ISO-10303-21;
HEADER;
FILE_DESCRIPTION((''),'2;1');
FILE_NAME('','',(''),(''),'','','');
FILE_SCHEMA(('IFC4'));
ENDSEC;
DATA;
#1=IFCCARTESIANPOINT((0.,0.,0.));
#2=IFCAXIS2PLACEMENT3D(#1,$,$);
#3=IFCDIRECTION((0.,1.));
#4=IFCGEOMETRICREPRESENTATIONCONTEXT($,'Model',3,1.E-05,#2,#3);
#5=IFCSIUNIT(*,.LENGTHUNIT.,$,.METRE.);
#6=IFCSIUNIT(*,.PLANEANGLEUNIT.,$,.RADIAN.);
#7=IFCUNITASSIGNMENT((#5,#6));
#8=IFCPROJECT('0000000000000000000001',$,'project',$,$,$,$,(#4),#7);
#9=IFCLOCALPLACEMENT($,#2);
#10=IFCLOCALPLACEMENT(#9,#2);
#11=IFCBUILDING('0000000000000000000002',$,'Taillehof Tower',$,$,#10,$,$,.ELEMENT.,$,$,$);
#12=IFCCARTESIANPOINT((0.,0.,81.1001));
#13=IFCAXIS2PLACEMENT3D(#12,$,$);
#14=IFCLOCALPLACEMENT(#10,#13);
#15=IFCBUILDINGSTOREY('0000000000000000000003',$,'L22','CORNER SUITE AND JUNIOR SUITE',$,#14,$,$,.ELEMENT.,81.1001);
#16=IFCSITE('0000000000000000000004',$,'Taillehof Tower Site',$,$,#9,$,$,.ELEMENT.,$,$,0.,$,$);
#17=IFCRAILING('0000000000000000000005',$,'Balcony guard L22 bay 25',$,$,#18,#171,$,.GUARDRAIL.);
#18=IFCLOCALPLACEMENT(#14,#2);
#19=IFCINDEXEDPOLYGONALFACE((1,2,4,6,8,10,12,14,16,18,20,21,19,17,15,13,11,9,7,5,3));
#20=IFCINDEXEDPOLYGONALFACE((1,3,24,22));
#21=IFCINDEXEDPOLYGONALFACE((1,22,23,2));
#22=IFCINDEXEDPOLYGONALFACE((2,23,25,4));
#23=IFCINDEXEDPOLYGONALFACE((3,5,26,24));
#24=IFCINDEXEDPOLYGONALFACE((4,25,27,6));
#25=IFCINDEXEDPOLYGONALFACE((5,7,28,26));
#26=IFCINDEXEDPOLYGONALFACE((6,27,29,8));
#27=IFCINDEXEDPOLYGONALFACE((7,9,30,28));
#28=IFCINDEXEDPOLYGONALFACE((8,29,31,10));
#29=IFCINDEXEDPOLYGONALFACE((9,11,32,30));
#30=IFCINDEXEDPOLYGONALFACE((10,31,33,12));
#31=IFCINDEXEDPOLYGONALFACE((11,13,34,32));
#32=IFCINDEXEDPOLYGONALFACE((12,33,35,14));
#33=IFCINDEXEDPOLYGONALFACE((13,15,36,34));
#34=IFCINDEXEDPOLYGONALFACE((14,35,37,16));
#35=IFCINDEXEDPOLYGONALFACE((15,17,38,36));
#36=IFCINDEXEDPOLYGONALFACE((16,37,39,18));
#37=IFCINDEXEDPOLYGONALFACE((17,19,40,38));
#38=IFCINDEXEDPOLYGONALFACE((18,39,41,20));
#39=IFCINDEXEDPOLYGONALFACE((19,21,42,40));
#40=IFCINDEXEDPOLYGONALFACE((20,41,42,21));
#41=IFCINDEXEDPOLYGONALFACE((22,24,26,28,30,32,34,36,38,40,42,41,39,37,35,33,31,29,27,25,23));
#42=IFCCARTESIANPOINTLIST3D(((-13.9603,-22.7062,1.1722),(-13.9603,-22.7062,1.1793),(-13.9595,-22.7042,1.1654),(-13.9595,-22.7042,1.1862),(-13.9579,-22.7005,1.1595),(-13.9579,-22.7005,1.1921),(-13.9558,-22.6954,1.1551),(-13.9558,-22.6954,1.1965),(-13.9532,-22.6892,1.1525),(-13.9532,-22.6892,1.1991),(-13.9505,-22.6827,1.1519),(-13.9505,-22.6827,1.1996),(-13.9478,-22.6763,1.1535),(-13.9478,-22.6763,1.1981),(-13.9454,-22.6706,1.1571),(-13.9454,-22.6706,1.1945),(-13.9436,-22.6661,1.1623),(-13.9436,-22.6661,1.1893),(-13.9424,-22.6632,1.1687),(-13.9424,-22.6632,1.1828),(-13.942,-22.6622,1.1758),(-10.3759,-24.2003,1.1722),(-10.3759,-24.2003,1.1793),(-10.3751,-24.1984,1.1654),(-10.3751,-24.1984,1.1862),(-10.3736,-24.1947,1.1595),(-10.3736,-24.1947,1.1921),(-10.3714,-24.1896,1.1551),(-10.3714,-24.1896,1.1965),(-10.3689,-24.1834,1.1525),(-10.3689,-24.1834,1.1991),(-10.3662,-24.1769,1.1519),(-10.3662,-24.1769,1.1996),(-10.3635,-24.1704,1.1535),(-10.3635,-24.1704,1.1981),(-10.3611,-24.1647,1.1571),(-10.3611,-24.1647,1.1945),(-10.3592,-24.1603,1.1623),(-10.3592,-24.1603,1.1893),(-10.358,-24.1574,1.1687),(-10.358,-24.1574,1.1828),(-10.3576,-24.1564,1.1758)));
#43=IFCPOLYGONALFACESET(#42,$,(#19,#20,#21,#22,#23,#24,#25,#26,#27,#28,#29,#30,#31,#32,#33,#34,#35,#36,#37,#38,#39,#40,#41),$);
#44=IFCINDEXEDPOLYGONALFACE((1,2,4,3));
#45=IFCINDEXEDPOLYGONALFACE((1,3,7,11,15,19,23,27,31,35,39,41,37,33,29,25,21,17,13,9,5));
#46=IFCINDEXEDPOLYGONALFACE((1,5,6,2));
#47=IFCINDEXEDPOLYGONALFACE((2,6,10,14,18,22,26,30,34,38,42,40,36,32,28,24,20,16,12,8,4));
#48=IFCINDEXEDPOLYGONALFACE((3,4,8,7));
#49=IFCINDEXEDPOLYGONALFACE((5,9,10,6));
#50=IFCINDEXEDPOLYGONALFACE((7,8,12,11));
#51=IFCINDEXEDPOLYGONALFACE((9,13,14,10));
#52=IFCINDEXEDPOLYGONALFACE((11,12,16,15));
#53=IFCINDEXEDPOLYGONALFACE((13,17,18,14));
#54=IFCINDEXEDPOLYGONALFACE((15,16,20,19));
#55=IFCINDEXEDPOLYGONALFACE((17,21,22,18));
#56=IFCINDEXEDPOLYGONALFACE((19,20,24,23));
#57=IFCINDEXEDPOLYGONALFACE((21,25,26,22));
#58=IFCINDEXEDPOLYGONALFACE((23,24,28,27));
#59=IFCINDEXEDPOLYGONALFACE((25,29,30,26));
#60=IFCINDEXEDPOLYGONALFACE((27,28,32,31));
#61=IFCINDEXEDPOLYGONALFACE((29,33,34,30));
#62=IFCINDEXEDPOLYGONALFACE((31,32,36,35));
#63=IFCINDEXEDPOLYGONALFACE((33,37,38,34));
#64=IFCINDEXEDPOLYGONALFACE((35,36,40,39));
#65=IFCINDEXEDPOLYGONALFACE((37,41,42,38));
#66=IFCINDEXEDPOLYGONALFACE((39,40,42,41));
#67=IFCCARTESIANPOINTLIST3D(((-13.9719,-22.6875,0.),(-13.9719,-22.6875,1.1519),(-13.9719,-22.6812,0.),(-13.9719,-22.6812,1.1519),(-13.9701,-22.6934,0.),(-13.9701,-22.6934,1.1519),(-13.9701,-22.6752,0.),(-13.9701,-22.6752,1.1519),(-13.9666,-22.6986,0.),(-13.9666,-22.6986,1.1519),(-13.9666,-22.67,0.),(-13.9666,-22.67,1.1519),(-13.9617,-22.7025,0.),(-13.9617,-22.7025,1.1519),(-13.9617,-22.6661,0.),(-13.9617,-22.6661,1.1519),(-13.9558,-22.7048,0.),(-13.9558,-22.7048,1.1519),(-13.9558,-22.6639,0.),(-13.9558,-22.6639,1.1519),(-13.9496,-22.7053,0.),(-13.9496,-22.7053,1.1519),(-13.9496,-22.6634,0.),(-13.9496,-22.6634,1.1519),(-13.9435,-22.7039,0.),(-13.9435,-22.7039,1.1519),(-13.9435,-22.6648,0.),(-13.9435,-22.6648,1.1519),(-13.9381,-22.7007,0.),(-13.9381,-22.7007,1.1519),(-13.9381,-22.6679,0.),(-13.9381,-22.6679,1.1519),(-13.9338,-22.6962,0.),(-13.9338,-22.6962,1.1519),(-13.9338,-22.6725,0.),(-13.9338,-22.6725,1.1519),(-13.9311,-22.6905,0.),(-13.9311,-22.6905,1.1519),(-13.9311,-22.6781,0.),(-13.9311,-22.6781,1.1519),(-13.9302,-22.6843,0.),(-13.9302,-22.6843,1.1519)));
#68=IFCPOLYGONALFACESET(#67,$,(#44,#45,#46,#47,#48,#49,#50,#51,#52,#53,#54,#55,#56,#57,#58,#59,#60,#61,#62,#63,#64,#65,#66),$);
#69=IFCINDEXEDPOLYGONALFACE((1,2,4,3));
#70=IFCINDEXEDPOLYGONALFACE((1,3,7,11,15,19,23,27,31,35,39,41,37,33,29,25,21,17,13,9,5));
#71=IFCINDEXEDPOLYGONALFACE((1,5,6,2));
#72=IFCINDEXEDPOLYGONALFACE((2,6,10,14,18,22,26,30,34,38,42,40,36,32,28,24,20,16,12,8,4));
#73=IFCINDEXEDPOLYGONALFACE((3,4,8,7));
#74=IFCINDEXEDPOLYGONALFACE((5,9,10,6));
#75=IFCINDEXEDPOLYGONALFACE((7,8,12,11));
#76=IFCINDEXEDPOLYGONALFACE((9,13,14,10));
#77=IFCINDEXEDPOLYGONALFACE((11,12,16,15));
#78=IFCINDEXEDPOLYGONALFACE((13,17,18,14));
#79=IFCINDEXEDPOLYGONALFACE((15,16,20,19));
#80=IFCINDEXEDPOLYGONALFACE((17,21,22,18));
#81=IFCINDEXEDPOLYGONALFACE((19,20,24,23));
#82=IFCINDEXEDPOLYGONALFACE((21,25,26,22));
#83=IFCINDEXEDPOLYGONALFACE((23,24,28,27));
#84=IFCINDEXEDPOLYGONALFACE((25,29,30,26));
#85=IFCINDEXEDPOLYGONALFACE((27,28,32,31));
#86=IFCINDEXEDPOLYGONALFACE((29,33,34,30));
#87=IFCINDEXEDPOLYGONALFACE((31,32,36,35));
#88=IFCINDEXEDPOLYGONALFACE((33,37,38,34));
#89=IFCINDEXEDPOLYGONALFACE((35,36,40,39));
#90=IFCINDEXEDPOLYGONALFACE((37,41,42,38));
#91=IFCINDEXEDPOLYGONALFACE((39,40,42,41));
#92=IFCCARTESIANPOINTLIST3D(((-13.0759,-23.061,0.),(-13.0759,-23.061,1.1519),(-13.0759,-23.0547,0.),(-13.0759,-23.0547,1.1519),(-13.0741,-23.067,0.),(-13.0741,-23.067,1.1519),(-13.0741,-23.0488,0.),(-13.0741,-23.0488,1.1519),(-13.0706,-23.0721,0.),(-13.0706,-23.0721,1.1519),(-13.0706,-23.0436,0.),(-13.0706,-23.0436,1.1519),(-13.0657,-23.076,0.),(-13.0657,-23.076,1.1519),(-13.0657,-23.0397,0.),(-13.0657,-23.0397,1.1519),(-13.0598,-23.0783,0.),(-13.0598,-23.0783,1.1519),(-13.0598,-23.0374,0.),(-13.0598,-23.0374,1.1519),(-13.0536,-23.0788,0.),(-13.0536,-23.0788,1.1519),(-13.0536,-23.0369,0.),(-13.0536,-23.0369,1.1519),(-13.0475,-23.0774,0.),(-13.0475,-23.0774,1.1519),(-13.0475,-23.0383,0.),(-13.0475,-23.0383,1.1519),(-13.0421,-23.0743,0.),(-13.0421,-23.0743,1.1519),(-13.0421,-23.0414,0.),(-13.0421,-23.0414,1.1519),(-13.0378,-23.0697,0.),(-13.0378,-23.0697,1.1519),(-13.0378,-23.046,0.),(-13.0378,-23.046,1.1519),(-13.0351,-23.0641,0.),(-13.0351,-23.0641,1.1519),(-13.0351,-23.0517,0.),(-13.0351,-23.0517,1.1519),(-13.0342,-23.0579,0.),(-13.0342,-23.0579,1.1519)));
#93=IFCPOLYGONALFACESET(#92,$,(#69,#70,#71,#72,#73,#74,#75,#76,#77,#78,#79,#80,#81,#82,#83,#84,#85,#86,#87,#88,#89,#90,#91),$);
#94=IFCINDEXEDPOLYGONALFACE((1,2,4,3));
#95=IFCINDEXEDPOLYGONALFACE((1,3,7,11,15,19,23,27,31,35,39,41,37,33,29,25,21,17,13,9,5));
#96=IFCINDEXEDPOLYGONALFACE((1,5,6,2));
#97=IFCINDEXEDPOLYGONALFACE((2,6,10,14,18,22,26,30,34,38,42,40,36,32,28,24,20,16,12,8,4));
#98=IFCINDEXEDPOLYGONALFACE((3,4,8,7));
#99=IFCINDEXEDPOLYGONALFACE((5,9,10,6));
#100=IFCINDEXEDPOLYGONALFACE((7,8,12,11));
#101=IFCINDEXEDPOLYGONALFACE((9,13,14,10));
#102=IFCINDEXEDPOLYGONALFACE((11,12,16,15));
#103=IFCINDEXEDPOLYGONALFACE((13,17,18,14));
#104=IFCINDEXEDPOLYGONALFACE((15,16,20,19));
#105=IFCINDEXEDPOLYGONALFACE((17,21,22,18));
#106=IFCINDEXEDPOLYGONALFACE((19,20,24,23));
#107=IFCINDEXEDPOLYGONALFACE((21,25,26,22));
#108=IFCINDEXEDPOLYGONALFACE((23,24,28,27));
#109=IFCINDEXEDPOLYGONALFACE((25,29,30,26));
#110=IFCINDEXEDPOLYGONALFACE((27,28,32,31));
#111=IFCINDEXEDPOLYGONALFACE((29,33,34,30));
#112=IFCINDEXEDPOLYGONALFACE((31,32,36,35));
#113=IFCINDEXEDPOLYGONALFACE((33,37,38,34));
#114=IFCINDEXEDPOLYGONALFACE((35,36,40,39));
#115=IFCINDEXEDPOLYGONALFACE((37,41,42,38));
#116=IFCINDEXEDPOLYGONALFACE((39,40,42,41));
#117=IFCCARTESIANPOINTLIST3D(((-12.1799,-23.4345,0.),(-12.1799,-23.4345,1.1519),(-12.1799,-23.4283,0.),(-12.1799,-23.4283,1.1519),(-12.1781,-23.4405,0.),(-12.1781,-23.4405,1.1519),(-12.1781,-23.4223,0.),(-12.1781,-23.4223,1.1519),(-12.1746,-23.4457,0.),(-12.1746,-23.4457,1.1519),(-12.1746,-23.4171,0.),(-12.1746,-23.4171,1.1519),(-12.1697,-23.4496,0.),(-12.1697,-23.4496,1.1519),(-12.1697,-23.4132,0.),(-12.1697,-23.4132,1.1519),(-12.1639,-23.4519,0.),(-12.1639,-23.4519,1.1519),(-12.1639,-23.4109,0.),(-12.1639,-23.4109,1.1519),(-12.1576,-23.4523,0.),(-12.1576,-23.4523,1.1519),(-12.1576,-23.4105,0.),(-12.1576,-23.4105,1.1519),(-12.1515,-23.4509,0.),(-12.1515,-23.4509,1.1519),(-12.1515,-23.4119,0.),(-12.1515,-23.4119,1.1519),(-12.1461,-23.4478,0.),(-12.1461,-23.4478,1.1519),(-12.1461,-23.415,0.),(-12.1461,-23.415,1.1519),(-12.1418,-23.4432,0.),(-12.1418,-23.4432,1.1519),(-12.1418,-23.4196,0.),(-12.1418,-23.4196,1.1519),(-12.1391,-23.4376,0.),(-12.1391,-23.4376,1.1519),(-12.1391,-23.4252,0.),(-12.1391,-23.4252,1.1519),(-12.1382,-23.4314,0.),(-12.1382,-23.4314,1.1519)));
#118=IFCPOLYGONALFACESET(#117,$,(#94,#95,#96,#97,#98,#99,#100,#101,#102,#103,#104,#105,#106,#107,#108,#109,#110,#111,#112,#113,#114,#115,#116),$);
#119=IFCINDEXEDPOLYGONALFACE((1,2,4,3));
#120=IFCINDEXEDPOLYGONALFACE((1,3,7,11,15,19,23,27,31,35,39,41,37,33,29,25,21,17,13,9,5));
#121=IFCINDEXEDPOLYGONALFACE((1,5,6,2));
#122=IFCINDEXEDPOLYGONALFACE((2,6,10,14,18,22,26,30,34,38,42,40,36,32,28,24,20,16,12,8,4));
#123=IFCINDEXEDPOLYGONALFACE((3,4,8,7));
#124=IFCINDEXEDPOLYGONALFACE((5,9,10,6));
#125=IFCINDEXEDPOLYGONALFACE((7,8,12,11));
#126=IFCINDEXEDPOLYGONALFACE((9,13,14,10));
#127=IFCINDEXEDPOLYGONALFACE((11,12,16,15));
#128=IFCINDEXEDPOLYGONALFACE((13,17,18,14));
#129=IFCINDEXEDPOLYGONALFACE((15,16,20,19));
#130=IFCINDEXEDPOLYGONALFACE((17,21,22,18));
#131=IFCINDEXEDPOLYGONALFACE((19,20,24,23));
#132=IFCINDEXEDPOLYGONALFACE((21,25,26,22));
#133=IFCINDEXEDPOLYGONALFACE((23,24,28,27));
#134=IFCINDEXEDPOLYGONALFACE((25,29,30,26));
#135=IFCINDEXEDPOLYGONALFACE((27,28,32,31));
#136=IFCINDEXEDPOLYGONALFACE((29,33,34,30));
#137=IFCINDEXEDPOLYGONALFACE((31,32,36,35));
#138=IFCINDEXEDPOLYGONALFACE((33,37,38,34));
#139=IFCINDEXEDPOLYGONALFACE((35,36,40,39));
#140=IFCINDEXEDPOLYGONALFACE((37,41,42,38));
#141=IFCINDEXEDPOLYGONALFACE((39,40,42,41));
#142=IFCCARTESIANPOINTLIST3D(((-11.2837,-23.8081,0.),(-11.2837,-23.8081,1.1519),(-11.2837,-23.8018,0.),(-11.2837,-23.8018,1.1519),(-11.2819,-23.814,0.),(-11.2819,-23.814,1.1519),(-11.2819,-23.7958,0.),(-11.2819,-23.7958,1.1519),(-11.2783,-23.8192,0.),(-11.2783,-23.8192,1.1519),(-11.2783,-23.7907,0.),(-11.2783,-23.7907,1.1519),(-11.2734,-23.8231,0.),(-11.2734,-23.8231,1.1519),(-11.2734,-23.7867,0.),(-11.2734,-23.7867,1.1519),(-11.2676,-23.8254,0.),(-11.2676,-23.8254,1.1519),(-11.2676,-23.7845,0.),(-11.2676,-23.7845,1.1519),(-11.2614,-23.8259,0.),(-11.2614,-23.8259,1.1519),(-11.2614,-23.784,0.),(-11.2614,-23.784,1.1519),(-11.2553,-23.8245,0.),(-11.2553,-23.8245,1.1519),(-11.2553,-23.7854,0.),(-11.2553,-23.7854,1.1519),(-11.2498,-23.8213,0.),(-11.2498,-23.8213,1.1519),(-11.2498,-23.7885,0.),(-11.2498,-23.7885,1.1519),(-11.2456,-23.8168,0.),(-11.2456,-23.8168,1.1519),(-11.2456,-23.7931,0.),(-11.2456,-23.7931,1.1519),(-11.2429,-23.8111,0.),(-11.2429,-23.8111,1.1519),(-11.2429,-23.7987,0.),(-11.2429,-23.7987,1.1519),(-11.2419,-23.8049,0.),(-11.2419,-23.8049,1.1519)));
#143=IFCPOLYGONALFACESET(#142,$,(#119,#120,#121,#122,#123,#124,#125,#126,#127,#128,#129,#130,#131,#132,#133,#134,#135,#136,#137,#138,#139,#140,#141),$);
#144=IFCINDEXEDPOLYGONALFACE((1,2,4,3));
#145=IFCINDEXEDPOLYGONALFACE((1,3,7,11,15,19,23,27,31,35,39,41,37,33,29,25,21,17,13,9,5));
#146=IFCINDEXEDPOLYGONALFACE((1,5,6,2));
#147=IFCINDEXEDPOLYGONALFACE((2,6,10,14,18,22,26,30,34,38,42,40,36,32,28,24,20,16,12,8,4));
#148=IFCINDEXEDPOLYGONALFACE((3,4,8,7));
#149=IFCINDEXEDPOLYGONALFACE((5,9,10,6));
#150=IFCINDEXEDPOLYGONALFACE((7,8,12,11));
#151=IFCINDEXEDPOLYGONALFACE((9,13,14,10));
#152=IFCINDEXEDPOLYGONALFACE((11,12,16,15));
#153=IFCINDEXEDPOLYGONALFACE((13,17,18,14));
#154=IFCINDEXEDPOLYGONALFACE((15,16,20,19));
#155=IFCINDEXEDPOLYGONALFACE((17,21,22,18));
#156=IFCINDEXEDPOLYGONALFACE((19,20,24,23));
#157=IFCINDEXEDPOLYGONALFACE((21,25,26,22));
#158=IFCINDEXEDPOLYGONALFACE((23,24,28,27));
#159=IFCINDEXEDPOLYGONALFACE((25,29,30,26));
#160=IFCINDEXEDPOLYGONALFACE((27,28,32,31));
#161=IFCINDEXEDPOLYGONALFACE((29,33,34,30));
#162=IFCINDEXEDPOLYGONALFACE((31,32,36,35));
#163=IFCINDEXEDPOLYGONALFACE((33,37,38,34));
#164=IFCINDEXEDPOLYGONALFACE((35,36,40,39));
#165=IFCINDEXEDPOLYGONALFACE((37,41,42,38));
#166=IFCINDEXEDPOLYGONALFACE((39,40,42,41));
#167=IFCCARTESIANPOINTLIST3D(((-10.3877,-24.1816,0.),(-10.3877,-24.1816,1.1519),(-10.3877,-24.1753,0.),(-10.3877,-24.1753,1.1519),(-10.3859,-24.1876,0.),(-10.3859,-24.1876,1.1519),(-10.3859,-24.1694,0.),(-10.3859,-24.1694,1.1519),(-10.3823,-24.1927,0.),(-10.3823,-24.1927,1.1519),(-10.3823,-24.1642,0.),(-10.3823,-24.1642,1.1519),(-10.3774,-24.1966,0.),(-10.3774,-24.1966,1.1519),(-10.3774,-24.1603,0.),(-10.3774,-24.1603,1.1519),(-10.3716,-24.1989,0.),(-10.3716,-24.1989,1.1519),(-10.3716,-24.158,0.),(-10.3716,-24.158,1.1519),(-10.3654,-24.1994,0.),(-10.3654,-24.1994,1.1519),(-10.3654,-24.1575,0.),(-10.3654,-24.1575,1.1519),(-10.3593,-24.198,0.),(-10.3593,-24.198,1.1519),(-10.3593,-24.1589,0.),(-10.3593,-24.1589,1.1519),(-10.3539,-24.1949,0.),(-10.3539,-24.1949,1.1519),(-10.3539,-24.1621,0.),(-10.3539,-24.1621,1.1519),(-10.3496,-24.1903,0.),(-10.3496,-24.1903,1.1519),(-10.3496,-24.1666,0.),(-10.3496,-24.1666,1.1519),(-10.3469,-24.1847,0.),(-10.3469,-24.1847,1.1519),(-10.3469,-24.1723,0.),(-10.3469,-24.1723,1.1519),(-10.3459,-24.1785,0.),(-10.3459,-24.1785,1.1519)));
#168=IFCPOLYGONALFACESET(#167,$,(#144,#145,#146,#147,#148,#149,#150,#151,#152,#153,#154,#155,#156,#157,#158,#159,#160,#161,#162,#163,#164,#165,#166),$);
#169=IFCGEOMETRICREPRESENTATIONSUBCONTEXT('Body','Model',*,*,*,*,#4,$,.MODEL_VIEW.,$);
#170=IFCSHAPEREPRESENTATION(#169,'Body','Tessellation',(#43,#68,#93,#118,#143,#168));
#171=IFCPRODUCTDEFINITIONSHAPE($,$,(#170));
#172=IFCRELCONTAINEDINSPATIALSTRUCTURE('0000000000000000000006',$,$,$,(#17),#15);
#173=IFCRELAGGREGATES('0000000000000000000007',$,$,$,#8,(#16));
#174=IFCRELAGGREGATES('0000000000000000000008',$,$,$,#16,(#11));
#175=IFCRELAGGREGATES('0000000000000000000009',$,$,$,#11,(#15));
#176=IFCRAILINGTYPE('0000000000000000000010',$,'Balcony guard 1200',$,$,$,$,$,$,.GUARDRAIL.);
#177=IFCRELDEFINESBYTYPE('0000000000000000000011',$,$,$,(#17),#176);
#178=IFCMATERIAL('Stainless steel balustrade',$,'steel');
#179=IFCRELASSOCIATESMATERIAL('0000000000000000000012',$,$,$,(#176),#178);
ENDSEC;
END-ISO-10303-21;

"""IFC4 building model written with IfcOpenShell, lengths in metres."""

from ifc_helpers import new_model, si_unit, direction, frame, origin, origin_2d, place, context, subcontext, project, spatial, circle, extrude, material, type_object, element, save


model = new_model("IFC4")

# Units and contexts
model_context = context("Model", 3, precision=1e-05, world=origin(), true_north=direction((0.0, 1.0)))
body_context = subcontext(model_context, "Body", "Model", "MODEL_VIEW")
ifc_project = project(units=[si_unit("LENGTHUNIT", "METRE"), si_unit("PLANEANGLEUNIT", "RADIAN")], contexts=[model_context])

# Site, building, storey
site_placement = place(None, origin())
site = spatial("IfcSite", under=ifc_project, at=site_placement, Name="Taillehof Tower Site", CompositionType="ELEMENT", RefElevation=0.0)
building_placement = place(site_placement, origin())
building = spatial("IfcBuilding", under=site, at=building_placement, Name="Taillehof Tower", CompositionType="ELEMENT")
storey_placement = place(building_placement, frame((0.0, 0.0, 81.1001)))
storey = spatial("IfcBuildingStorey", under=building, at=storey_placement, Name="L22", Description="CORNER SUITE AND JUNIOR SUITE", CompositionType="ELEMENT", Elevation=81.1001)

# Railing
ifc_material_1 = material(Name="Stainless steel balustrade", Category="steel")
railing_type = type_object("IfcRailingType", Name="Balcony guard 1200", PredefinedType="GUARDRAIL", material=ifc_material_1)
railing_1_placement = place(storey_placement, frame((-13.9512, -22.6843, 0.0)))
element("IfcRailing", 1, at=railing_1_placement, inside=storey, type_object=railing_type, Name="Balcony guard L22 bay 25", PredefinedType="GUARDRAIL", context=body_context, shape_type="SweptSolid", body=[
    extrude(circle(Radius=0.0239, at=origin_2d()), frame((0.0, 0.0, 1.1758), z_axis=(0.923012, -0.384772, 0.0), x_axis=(0.384772, 0.923012, 0.0)), (0.0, 0.0, 1.0), 3.8833),
    extrude(circle(Radius=0.021, at=origin_2d()), origin(), (0.0, 0.0, 1.0), 1.1519),
    extrude(circle(Radius=0.021, at=origin_2d()), frame((0.896, -0.3735, 0.0)), (0.0, 0.0, 1.0), 1.1519),
    extrude(circle(Radius=0.021, at=origin_2d()), frame((1.792, -0.7471, 0.0)), (0.0, 0.0, 1.0), 1.1519),
    extrude(circle(Radius=0.021, at=origin_2d()), frame((2.6882, -1.1206, 0.0)), (0.0, 0.0, 1.0), 1.1519),
    extrude(circle(Radius=0.021, at=origin_2d()), frame((3.5842, -1.4941, 0.0)), (0.0, 0.0, 1.0), 1.1519),
])

save(model, "model.ifc")
